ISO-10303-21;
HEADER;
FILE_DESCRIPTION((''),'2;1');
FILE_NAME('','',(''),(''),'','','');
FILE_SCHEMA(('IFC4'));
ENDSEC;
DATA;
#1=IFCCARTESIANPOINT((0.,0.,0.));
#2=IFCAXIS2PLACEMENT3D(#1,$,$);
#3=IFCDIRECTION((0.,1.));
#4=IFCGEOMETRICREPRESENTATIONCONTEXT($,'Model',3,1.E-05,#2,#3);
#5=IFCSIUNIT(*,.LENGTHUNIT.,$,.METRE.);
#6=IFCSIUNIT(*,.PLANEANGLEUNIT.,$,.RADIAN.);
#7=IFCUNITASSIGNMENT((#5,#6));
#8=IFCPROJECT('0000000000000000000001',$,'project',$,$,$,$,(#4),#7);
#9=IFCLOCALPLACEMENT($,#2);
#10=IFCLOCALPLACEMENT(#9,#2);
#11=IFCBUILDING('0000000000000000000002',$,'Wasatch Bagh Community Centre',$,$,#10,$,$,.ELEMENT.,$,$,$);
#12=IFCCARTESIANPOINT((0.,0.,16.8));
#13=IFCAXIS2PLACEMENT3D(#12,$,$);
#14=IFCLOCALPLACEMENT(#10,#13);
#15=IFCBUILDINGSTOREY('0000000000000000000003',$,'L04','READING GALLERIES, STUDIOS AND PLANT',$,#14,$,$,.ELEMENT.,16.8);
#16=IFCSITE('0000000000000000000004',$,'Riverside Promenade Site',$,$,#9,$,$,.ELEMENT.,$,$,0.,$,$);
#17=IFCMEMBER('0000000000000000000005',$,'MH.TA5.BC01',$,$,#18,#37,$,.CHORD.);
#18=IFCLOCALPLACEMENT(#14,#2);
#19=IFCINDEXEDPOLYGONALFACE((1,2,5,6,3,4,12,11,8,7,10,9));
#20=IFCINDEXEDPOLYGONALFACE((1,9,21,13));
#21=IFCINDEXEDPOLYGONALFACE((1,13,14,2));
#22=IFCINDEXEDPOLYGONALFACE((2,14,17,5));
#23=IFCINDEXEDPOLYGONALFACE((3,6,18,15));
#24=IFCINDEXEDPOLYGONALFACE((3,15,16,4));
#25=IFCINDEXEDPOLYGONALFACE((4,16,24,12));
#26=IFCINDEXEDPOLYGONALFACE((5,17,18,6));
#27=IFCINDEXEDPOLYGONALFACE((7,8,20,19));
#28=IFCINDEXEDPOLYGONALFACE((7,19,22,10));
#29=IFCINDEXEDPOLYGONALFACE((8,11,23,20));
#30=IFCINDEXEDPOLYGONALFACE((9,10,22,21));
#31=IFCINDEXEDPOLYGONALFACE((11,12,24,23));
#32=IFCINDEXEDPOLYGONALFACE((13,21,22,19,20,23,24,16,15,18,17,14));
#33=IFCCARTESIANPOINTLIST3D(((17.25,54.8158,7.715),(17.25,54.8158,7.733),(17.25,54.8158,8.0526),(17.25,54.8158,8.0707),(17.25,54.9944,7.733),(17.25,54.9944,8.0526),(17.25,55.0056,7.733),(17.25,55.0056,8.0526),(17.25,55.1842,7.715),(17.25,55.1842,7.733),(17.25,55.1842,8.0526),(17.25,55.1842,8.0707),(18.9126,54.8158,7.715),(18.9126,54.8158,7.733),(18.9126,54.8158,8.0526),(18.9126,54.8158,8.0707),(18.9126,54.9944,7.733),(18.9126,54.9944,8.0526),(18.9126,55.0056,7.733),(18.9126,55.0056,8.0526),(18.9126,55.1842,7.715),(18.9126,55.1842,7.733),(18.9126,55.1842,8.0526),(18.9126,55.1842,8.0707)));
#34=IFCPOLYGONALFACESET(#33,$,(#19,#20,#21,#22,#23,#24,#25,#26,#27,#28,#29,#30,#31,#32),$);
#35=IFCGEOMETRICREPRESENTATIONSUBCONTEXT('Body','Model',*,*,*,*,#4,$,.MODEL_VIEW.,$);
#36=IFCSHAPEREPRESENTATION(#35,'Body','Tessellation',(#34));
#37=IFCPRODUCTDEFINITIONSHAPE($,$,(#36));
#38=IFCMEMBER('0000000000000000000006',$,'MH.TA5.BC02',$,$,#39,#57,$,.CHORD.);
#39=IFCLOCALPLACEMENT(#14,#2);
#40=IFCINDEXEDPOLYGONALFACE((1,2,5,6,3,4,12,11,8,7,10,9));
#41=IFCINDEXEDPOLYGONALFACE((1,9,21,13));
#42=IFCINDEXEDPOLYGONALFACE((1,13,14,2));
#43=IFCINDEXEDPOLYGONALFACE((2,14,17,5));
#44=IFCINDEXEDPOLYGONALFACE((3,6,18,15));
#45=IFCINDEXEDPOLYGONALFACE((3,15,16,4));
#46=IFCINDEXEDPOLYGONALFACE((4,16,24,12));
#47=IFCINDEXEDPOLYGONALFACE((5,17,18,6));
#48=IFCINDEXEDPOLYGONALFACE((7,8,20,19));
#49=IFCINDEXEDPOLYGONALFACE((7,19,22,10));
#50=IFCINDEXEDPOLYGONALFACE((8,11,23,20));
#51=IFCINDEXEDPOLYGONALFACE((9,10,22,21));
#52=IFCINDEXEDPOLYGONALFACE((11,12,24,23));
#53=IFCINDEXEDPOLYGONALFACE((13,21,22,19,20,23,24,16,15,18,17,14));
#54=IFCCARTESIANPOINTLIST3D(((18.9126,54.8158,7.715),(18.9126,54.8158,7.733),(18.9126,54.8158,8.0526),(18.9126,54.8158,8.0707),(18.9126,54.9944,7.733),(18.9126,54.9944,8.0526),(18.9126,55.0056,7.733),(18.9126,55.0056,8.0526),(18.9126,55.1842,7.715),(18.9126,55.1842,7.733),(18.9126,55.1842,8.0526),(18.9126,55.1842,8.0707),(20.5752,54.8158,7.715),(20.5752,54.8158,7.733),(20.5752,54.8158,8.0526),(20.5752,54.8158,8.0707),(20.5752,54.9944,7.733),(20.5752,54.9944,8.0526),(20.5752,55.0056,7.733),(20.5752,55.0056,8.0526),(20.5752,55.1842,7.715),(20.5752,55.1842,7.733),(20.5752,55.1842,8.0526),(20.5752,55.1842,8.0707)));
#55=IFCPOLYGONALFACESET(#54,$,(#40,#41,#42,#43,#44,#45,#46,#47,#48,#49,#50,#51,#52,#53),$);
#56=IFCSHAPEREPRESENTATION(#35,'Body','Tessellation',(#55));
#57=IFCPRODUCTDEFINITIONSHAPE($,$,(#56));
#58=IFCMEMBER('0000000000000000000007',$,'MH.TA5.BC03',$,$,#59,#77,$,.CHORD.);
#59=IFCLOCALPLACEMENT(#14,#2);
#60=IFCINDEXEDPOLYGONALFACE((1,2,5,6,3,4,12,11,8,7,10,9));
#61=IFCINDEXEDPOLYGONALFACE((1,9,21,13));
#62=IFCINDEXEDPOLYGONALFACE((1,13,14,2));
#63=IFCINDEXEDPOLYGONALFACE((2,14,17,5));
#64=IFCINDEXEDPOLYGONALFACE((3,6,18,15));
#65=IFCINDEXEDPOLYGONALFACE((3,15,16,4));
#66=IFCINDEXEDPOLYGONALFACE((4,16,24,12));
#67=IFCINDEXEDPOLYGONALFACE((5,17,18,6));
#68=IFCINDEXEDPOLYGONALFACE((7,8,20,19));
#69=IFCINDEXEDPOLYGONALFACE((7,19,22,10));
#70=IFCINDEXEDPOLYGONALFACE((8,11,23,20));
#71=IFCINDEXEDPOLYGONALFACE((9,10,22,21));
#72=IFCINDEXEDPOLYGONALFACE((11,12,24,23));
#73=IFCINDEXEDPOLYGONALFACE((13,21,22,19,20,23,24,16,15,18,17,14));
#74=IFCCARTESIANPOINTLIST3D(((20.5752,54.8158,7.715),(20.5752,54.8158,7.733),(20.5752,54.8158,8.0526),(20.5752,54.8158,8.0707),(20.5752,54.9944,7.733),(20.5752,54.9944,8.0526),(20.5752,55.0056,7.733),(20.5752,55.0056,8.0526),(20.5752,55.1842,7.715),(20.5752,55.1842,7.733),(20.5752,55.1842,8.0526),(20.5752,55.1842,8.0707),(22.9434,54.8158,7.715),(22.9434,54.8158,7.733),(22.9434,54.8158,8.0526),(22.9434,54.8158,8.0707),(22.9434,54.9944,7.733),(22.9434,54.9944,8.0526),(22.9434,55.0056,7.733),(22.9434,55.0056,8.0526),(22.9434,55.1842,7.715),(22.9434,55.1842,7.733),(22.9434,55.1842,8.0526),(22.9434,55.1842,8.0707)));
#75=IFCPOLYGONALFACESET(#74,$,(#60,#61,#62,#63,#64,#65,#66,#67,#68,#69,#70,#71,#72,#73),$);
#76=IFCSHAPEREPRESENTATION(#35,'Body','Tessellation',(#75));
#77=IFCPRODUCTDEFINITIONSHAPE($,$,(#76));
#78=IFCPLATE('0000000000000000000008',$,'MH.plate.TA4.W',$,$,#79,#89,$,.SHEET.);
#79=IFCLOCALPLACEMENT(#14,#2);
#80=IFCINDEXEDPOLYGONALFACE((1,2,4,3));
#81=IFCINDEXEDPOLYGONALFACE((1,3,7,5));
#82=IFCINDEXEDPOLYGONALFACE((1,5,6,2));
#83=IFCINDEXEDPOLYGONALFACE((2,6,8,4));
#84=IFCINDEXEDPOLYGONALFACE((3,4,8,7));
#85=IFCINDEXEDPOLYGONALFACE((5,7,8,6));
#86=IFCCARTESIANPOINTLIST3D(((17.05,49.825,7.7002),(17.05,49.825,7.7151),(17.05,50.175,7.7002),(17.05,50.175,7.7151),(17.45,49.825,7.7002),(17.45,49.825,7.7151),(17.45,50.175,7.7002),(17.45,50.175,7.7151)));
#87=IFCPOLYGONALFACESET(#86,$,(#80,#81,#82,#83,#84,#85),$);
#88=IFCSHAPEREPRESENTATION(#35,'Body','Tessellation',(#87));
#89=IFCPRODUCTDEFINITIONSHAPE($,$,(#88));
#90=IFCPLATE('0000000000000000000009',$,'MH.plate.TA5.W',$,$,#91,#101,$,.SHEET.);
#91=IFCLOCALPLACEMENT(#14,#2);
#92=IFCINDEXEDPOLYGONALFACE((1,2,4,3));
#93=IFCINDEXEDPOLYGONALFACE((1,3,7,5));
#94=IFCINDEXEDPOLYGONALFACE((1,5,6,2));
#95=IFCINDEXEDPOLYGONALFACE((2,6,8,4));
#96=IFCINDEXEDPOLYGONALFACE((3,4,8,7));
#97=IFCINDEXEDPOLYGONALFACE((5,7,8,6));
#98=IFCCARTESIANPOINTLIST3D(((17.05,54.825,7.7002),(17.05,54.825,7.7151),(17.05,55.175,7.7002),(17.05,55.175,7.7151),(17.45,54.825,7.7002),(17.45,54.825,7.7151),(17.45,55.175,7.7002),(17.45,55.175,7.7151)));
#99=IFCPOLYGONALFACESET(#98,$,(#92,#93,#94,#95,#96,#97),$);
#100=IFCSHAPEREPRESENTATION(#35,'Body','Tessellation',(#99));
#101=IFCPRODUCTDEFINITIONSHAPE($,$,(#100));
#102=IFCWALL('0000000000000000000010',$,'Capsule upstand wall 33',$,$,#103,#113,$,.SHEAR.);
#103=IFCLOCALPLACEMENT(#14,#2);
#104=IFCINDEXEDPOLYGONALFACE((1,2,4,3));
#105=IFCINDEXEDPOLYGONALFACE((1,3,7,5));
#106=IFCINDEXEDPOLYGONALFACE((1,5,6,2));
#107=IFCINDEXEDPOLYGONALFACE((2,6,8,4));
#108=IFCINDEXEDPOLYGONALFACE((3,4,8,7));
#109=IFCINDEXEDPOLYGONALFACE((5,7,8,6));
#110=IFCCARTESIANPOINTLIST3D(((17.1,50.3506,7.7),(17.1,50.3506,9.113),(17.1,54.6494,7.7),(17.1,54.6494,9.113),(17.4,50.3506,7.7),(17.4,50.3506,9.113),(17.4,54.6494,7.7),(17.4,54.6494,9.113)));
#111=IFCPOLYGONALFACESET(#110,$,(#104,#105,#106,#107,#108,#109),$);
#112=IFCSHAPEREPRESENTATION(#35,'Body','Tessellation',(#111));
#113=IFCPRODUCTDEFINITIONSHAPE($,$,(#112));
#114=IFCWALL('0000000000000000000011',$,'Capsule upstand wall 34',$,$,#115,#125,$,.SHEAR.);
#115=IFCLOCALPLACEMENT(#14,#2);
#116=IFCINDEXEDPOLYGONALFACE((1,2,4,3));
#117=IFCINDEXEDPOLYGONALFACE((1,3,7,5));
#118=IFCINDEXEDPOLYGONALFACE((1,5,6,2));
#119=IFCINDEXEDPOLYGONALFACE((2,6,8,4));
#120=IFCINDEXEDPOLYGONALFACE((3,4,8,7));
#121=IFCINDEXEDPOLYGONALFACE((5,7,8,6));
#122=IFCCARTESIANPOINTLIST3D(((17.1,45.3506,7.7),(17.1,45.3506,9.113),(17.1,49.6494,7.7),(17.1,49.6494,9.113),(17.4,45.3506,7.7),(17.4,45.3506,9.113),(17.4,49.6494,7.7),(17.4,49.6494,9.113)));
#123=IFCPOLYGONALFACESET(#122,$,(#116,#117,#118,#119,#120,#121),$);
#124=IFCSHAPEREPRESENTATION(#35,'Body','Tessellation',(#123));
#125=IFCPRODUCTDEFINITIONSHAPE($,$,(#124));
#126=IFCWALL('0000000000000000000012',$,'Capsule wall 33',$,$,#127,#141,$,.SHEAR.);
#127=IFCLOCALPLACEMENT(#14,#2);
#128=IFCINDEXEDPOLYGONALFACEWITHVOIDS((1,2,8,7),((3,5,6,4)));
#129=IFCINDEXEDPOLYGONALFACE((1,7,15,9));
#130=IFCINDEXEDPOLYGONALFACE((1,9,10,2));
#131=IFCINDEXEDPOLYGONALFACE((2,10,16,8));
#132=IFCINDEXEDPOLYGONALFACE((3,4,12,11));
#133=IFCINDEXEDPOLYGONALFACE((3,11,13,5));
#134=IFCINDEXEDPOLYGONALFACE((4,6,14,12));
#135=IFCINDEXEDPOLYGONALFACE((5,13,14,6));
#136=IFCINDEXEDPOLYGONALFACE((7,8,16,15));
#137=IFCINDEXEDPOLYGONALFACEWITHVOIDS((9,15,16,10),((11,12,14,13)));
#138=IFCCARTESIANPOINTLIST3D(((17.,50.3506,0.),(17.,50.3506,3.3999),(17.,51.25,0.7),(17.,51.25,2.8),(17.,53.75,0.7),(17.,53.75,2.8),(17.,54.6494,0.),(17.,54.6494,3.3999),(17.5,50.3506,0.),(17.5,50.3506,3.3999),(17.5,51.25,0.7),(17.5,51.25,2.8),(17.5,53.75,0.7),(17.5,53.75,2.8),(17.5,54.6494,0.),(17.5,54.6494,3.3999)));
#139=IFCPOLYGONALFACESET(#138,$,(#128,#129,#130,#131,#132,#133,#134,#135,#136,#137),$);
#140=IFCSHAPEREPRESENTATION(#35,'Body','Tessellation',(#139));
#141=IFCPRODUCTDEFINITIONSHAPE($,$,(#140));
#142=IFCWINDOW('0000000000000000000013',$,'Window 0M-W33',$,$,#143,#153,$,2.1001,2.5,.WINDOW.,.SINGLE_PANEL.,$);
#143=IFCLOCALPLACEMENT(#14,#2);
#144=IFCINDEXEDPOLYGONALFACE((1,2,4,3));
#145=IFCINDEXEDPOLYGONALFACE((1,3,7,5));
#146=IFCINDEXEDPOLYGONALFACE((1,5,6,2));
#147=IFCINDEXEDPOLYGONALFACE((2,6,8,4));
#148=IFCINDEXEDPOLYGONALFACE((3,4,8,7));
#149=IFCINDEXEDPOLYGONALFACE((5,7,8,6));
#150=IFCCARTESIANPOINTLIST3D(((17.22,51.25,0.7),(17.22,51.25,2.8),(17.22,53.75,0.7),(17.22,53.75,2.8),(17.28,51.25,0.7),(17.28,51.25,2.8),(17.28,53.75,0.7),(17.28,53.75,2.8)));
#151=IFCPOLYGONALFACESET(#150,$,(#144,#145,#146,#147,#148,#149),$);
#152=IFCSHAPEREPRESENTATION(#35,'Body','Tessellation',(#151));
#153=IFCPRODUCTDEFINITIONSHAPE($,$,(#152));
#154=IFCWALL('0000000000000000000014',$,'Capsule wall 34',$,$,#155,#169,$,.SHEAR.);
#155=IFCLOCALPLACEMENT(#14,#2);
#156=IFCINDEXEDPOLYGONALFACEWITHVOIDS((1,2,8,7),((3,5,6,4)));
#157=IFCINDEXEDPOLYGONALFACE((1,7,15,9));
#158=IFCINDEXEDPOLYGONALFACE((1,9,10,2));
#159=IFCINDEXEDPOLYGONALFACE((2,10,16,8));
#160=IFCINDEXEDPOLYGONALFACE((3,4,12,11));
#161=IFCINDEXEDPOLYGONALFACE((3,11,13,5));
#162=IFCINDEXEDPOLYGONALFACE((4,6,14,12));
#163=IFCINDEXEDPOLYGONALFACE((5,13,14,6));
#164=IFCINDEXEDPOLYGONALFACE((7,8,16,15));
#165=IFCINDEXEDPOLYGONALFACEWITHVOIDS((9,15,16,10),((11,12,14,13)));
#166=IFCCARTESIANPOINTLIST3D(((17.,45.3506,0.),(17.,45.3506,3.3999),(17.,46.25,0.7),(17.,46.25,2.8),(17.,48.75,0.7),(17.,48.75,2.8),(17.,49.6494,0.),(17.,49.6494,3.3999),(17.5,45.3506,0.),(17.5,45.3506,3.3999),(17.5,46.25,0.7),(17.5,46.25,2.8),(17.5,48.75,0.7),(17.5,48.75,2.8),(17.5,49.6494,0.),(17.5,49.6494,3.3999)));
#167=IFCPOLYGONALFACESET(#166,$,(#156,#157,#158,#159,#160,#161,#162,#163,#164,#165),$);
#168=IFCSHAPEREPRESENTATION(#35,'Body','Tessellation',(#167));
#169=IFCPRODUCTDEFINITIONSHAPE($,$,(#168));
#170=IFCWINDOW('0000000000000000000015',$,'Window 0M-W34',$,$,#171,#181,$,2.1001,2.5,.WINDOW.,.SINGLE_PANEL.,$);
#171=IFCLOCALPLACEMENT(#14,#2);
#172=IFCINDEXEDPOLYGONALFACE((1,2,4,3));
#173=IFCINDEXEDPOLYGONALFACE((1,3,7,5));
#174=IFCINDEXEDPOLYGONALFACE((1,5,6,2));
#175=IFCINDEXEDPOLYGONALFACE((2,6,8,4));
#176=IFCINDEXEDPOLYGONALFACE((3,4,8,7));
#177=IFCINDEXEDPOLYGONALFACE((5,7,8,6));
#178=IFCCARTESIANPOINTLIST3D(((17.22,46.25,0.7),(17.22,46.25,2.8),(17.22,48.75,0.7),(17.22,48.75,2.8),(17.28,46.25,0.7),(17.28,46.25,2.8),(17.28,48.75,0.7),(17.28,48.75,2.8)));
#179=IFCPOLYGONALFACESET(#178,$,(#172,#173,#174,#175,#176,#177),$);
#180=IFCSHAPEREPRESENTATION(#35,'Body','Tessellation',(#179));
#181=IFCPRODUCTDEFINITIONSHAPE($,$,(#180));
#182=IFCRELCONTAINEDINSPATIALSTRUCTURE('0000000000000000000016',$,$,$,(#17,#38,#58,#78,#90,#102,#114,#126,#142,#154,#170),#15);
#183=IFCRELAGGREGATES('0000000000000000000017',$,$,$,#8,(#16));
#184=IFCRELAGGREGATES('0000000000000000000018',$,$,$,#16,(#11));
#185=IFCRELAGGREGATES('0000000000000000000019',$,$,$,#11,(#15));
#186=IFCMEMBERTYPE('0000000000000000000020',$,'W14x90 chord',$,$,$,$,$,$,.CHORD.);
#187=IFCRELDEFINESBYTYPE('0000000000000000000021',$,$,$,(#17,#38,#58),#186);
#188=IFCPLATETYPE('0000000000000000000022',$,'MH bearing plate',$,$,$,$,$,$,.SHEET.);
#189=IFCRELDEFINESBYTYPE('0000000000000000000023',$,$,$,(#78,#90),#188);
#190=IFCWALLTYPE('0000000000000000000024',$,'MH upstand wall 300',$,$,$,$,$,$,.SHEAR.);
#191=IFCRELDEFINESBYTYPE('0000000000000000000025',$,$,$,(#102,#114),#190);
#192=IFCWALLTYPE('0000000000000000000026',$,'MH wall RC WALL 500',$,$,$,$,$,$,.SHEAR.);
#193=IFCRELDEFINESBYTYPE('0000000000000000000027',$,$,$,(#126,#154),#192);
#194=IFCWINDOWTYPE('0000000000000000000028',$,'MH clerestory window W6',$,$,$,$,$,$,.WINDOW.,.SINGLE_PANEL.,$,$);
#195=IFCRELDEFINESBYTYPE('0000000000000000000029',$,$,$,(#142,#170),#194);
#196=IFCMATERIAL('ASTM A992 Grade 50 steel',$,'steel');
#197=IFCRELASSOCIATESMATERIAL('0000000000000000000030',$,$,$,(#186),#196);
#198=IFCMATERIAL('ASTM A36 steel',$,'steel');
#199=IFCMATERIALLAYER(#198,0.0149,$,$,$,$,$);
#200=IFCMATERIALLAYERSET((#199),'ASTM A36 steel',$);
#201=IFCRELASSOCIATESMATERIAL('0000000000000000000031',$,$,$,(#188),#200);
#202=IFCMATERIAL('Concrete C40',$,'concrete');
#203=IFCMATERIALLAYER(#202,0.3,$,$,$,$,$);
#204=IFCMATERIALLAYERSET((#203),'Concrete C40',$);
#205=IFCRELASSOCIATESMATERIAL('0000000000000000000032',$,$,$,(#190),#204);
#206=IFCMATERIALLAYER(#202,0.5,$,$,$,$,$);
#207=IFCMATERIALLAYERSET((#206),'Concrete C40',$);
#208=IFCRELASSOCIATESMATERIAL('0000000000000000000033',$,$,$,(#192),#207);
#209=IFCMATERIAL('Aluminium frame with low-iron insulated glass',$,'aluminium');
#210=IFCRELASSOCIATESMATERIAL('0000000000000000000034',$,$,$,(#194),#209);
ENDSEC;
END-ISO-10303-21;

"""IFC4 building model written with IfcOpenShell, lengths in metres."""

from ifc_helpers import new_model, si_unit, direction, frame, frame_2d, origin, origin_2d, place, context, subcontext, project, spatial, rectangle, i_section, extrude, material, layer, layer_set, material_profile, profile_set, type_object, element, fill, save


model = new_model("IFC4")

# Units and contexts
model_context = context("Model", 3, precision=1e-05, world=origin(), true_north=direction((0.0, 1.0)))
body_context = subcontext(model_context, "Body", "Model", "MODEL_VIEW")
ifc_project = project(units=[si_unit("LENGTHUNIT", "METRE"), si_unit("PLANEANGLEUNIT", "RADIAN")], contexts=[model_context])

# Site, building, storey
site_placement = place(None, origin())
site = spatial("IfcSite", under=ifc_project, at=site_placement, Name="Riverside Promenade Site", CompositionType="ELEMENT", RefElevation=0.0)
building_placement = place(site_placement, origin())
building = spatial("IfcBuilding", under=site, at=building_placement, Name="Wasatch Bagh Community Centre", CompositionType="ELEMENT")
storey_placement = place(building_placement, frame((0.0, 0.0, 16.8)))
storey = spatial("IfcBuildingStorey", under=building, at=storey_placement, Name="L04", Description="READING GALLERIES, STUDIOS AND PLANT", CompositionType="ELEMENT", Elevation=16.8)

# Shared definitions
ifc_material_1 = material(Name="Concrete C40", Category="concrete")

# Members
ifc_material_2 = material(Name="ASTM A992 Grade 50 steel", Category="steel")
ifc_material_profile_1 = material_profile(ifc_material_2, i_section(OverallWidth=0.3684, OverallDepth=0.3557, WebThickness=0.0112, FlangeThickness=0.0181, at=origin_2d()), Name="W14x90")
ifc_profile_set_1 = profile_set([ifc_material_profile_1], Name="ASTM A992 Grade 50 steel")
member_type_1 = type_object("IfcMemberType", Name="W14x90 chord", PredefinedType="CHORD", material=ifc_profile_set_1)
for number, where, z_axis, x_axis, name in (
    (1, (17.25, 55.0, 7.8928), (1.0, 0.0, 0.0), (0.0, 1.0, 0.0), "MH.TA5.BC01"),
    (2, (18.9126, 55.0, 7.8928), (1.0, 0.0, 0.0), (0.0, 1.0, 0.0), "MH.TA5.BC02"),
):
    element("IfcMember", number, at=place(storey_placement, frame(where, z_axis=z_axis, x_axis=x_axis)), inside=storey, type_object=member_type_1, Name=name, PredefinedType="CHORD", context=body_context, shape_type="SweptSolid", body=[
        extrude(i_section(OverallWidth=0.3684, OverallDepth=0.3557, WebThickness=0.0112, FlangeThickness=0.0181, at=origin_2d()), origin(), (0.0, 0.0, 1.0), 1.6626),
    ])
member_1_placement = place(storey_placement, frame((20.5752, 55.0, 7.8928), z_axis=(1.0, 0.0, 0.0), x_axis=(0.0, 1.0, 0.0)))
element("IfcMember", 3, at=member_1_placement, inside=storey, type_object=member_type_1, Name="MH.TA5.BC03", PredefinedType="CHORD", context=body_context, shape_type="SweptSolid", body=[
    extrude(i_section(OverallWidth=0.3684, OverallDepth=0.3557, WebThickness=0.0112, FlangeThickness=0.0181, at=origin_2d()), origin(), (0.0, 0.0, 1.0), 2.3682),
])

# Plates
ifc_material_3 = material(Name="ASTM A36 steel", Category="steel")
ifc_layer_1 = layer(ifc_material_3, 0.0149)
ifc_layer_set_1 = layer_set([ifc_layer_1], Name="ASTM A36 steel")
plate_type = type_object("IfcPlateType", Name="MH bearing plate", PredefinedType="SHEET", material=ifc_layer_set_1)
for number, where, z_axis, x_axis, name in (
    (4, (17.25, 50.0, 7.7002), (0.0, 0.0, 1.0), (1.0, 0.0, 0.0), "MH.plate.TA4.W"),
    (5, (17.25, 55.0, 7.7002), (0.0, 0.0, 1.0), (1.0, 0.0, 0.0), "MH.plate.TA5.W"),
):
    element("IfcPlate", number, at=place(storey_placement, frame(where, z_axis=z_axis, x_axis=x_axis)), inside=storey, type_object=plate_type, Name=name, PredefinedType="SHEET", context=body_context, shape_type="SweptSolid", body=[
        extrude(rectangle(XDim=0.3999, YDim=0.3501, at=origin_2d()), origin(), (0.0, 0.0, 1.0), 0.0149),
    ])

# Walls
ifc_layer_2 = layer(ifc_material_1, 0.3)
ifc_layer_set_2 = layer_set([ifc_layer_2], Name="Concrete C40")
wall_type_1 = type_object("IfcWallType", Name="MH upstand wall 300", PredefinedType="SHEAR", material=ifc_layer_set_2)
for number, where, z_axis, x_axis, name in (
    (6, (17.25, 54.6494, 7.7), (0.0, 0.0, 1.0), (0.0, -1.0, 0.0), "Capsule upstand wall 33"),
    (7, (17.25, 49.6494, 7.7), (0.0, 0.0, 1.0), (0.0, -1.0, 0.0), "Capsule upstand wall 34"),
):
    element("IfcWall", number, at=place(storey_placement, frame(where, z_axis=z_axis, x_axis=x_axis)), inside=storey, type_object=wall_type_1, Name=name, PredefinedType="SHEAR", context=body_context, shape_type="SweptSolid", body=[
        extrude(rectangle(XDim=4.2988, YDim=0.3, at=frame_2d((2.1494, 0.0))), origin(), (0.0, 0.0, 1.0), 1.4131),
    ])

# Walls, openings, windows
ifc_layer_3 = layer(ifc_material_1, 0.5)
ifc_layer_set_3 = layer_set([ifc_layer_3], Name="Concrete C40")
wall_type_2 = type_object("IfcWallType", Name="MH wall RC WALL 500", PredefinedType="SHEAR", material=ifc_layer_set_3)
wall_1_placement = place(storey_placement, frame((17.25, 54.6494, 0.0), z_axis=(0.0, 0.0, 1.0), x_axis=(0.0, -1.0, 0.0)))
wall_1 = element("IfcWall", 8, at=wall_1_placement, inside=storey, type_object=wall_type_2, Name="Capsule wall 33", PredefinedType="SHEAR", context=body_context, shape_type="SweptSolid", body=[
    extrude(rectangle(XDim=4.2988, YDim=0.5, at=frame_2d((2.1494, 0.0))), origin(), (0.0, 0.0, 1.0), 3.3999),
])
opening_1_placement = place(wall_1_placement, frame((0.8994, 0.0, 0.7)))
opening_1 = element("IfcOpeningElement", 9, at=opening_1_placement, cuts=wall_1, PredefinedType="OPENING", context=body_context, shape_type="SweptSolid", body=[
    extrude(rectangle(XDim=2.5, YDim=2.1001, at=frame_2d((1.25, 1.05))), frame((0.0, 0.26, 0.0), z_axis=(0.0, -1.0, 0.0), x_axis=(1.0, 0.0, 0.0)), (0.0, 0.0, 1.0), 0.52),
])
ifc_material_4 = material(Name="Aluminium frame with low-iron insulated glass", Category="aluminium")
window_type_1 = type_object("IfcWindowType", Name="MH clerestory window W6", PartitioningType="SINGLE_PANEL", PredefinedType="WINDOW", material=ifc_material_4)
window_1_placement = place(opening_1_placement, origin())
window_1 = element("IfcWindow", 10, at=window_1_placement, inside=storey, type_object=window_type_1, Name="Window 0M-W33", OverallHeight=2.1001, OverallWidth=2.5, PartitioningType="SINGLE_PANEL", PredefinedType="WINDOW", context=body_context, shape_type="SweptSolid", body=[
    extrude(rectangle(XDim=2.5, YDim=2.1001, at=frame_2d((1.25, 1.05))), frame((0.0, 0.03, 0.0), z_axis=(0.0, -1.0, 0.0), x_axis=(1.0, 0.0, 0.0)), (0.0, 0.0, 1.0), 0.0601),
])
fill(opening_1, window_1)
wall_2_placement = place(storey_placement, frame((17.25, 49.6494, 0.0), z_axis=(0.0, 0.0, 1.0), x_axis=(0.0, -1.0, 0.0)))
wall_2 = element("IfcWall", 11, at=wall_2_placement, inside=storey, type_object=wall_type_2, Name="Capsule wall 34", PredefinedType="SHEAR", context=body_context, shape_type="SweptSolid", body=[
    extrude(rectangle(XDim=4.2988, YDim=0.5, at=frame_2d((2.1494, 0.0))), origin(), (0.0, 0.0, 1.0), 3.3999),
])
opening_2_placement = place(wall_2_placement, frame((0.8994, 0.0, 0.7)))
opening_2 = element("IfcOpeningElement", 12, at=opening_2_placement, cuts=wall_2, PredefinedType="OPENING", context=body_context, shape_type="SweptSolid", body=[
    extrude(rectangle(XDim=2.5, YDim=2.1001, at=frame_2d((1.25, 1.05))), frame((0.0, 0.26, 0.0), z_axis=(0.0, -1.0, 0.0), x_axis=(1.0, 0.0, 0.0)), (0.0, 0.0, 1.0), 0.52),
])
window_2_placement = place(opening_2_placement, origin())
window_2 = element("IfcWindow", 13, at=window_2_placement, inside=storey, type_object=window_type_1, Name="Window 0M-W34", OverallHeight=2.1001, OverallWidth=2.5, PartitioningType="SINGLE_PANEL", PredefinedType="WINDOW", context=body_context, shape_type="SweptSolid", body=[
    extrude(rectangle(XDim=2.5, YDim=2.1001, at=frame_2d((1.25, 1.05))), frame((0.0, 0.03, 0.0), z_axis=(0.0, -1.0, 0.0), x_axis=(1.0, 0.0, 0.0)), (0.0, 0.0, 1.0), 0.0601),
])
fill(opening_2, window_2)

save(model, "model.ifc")
